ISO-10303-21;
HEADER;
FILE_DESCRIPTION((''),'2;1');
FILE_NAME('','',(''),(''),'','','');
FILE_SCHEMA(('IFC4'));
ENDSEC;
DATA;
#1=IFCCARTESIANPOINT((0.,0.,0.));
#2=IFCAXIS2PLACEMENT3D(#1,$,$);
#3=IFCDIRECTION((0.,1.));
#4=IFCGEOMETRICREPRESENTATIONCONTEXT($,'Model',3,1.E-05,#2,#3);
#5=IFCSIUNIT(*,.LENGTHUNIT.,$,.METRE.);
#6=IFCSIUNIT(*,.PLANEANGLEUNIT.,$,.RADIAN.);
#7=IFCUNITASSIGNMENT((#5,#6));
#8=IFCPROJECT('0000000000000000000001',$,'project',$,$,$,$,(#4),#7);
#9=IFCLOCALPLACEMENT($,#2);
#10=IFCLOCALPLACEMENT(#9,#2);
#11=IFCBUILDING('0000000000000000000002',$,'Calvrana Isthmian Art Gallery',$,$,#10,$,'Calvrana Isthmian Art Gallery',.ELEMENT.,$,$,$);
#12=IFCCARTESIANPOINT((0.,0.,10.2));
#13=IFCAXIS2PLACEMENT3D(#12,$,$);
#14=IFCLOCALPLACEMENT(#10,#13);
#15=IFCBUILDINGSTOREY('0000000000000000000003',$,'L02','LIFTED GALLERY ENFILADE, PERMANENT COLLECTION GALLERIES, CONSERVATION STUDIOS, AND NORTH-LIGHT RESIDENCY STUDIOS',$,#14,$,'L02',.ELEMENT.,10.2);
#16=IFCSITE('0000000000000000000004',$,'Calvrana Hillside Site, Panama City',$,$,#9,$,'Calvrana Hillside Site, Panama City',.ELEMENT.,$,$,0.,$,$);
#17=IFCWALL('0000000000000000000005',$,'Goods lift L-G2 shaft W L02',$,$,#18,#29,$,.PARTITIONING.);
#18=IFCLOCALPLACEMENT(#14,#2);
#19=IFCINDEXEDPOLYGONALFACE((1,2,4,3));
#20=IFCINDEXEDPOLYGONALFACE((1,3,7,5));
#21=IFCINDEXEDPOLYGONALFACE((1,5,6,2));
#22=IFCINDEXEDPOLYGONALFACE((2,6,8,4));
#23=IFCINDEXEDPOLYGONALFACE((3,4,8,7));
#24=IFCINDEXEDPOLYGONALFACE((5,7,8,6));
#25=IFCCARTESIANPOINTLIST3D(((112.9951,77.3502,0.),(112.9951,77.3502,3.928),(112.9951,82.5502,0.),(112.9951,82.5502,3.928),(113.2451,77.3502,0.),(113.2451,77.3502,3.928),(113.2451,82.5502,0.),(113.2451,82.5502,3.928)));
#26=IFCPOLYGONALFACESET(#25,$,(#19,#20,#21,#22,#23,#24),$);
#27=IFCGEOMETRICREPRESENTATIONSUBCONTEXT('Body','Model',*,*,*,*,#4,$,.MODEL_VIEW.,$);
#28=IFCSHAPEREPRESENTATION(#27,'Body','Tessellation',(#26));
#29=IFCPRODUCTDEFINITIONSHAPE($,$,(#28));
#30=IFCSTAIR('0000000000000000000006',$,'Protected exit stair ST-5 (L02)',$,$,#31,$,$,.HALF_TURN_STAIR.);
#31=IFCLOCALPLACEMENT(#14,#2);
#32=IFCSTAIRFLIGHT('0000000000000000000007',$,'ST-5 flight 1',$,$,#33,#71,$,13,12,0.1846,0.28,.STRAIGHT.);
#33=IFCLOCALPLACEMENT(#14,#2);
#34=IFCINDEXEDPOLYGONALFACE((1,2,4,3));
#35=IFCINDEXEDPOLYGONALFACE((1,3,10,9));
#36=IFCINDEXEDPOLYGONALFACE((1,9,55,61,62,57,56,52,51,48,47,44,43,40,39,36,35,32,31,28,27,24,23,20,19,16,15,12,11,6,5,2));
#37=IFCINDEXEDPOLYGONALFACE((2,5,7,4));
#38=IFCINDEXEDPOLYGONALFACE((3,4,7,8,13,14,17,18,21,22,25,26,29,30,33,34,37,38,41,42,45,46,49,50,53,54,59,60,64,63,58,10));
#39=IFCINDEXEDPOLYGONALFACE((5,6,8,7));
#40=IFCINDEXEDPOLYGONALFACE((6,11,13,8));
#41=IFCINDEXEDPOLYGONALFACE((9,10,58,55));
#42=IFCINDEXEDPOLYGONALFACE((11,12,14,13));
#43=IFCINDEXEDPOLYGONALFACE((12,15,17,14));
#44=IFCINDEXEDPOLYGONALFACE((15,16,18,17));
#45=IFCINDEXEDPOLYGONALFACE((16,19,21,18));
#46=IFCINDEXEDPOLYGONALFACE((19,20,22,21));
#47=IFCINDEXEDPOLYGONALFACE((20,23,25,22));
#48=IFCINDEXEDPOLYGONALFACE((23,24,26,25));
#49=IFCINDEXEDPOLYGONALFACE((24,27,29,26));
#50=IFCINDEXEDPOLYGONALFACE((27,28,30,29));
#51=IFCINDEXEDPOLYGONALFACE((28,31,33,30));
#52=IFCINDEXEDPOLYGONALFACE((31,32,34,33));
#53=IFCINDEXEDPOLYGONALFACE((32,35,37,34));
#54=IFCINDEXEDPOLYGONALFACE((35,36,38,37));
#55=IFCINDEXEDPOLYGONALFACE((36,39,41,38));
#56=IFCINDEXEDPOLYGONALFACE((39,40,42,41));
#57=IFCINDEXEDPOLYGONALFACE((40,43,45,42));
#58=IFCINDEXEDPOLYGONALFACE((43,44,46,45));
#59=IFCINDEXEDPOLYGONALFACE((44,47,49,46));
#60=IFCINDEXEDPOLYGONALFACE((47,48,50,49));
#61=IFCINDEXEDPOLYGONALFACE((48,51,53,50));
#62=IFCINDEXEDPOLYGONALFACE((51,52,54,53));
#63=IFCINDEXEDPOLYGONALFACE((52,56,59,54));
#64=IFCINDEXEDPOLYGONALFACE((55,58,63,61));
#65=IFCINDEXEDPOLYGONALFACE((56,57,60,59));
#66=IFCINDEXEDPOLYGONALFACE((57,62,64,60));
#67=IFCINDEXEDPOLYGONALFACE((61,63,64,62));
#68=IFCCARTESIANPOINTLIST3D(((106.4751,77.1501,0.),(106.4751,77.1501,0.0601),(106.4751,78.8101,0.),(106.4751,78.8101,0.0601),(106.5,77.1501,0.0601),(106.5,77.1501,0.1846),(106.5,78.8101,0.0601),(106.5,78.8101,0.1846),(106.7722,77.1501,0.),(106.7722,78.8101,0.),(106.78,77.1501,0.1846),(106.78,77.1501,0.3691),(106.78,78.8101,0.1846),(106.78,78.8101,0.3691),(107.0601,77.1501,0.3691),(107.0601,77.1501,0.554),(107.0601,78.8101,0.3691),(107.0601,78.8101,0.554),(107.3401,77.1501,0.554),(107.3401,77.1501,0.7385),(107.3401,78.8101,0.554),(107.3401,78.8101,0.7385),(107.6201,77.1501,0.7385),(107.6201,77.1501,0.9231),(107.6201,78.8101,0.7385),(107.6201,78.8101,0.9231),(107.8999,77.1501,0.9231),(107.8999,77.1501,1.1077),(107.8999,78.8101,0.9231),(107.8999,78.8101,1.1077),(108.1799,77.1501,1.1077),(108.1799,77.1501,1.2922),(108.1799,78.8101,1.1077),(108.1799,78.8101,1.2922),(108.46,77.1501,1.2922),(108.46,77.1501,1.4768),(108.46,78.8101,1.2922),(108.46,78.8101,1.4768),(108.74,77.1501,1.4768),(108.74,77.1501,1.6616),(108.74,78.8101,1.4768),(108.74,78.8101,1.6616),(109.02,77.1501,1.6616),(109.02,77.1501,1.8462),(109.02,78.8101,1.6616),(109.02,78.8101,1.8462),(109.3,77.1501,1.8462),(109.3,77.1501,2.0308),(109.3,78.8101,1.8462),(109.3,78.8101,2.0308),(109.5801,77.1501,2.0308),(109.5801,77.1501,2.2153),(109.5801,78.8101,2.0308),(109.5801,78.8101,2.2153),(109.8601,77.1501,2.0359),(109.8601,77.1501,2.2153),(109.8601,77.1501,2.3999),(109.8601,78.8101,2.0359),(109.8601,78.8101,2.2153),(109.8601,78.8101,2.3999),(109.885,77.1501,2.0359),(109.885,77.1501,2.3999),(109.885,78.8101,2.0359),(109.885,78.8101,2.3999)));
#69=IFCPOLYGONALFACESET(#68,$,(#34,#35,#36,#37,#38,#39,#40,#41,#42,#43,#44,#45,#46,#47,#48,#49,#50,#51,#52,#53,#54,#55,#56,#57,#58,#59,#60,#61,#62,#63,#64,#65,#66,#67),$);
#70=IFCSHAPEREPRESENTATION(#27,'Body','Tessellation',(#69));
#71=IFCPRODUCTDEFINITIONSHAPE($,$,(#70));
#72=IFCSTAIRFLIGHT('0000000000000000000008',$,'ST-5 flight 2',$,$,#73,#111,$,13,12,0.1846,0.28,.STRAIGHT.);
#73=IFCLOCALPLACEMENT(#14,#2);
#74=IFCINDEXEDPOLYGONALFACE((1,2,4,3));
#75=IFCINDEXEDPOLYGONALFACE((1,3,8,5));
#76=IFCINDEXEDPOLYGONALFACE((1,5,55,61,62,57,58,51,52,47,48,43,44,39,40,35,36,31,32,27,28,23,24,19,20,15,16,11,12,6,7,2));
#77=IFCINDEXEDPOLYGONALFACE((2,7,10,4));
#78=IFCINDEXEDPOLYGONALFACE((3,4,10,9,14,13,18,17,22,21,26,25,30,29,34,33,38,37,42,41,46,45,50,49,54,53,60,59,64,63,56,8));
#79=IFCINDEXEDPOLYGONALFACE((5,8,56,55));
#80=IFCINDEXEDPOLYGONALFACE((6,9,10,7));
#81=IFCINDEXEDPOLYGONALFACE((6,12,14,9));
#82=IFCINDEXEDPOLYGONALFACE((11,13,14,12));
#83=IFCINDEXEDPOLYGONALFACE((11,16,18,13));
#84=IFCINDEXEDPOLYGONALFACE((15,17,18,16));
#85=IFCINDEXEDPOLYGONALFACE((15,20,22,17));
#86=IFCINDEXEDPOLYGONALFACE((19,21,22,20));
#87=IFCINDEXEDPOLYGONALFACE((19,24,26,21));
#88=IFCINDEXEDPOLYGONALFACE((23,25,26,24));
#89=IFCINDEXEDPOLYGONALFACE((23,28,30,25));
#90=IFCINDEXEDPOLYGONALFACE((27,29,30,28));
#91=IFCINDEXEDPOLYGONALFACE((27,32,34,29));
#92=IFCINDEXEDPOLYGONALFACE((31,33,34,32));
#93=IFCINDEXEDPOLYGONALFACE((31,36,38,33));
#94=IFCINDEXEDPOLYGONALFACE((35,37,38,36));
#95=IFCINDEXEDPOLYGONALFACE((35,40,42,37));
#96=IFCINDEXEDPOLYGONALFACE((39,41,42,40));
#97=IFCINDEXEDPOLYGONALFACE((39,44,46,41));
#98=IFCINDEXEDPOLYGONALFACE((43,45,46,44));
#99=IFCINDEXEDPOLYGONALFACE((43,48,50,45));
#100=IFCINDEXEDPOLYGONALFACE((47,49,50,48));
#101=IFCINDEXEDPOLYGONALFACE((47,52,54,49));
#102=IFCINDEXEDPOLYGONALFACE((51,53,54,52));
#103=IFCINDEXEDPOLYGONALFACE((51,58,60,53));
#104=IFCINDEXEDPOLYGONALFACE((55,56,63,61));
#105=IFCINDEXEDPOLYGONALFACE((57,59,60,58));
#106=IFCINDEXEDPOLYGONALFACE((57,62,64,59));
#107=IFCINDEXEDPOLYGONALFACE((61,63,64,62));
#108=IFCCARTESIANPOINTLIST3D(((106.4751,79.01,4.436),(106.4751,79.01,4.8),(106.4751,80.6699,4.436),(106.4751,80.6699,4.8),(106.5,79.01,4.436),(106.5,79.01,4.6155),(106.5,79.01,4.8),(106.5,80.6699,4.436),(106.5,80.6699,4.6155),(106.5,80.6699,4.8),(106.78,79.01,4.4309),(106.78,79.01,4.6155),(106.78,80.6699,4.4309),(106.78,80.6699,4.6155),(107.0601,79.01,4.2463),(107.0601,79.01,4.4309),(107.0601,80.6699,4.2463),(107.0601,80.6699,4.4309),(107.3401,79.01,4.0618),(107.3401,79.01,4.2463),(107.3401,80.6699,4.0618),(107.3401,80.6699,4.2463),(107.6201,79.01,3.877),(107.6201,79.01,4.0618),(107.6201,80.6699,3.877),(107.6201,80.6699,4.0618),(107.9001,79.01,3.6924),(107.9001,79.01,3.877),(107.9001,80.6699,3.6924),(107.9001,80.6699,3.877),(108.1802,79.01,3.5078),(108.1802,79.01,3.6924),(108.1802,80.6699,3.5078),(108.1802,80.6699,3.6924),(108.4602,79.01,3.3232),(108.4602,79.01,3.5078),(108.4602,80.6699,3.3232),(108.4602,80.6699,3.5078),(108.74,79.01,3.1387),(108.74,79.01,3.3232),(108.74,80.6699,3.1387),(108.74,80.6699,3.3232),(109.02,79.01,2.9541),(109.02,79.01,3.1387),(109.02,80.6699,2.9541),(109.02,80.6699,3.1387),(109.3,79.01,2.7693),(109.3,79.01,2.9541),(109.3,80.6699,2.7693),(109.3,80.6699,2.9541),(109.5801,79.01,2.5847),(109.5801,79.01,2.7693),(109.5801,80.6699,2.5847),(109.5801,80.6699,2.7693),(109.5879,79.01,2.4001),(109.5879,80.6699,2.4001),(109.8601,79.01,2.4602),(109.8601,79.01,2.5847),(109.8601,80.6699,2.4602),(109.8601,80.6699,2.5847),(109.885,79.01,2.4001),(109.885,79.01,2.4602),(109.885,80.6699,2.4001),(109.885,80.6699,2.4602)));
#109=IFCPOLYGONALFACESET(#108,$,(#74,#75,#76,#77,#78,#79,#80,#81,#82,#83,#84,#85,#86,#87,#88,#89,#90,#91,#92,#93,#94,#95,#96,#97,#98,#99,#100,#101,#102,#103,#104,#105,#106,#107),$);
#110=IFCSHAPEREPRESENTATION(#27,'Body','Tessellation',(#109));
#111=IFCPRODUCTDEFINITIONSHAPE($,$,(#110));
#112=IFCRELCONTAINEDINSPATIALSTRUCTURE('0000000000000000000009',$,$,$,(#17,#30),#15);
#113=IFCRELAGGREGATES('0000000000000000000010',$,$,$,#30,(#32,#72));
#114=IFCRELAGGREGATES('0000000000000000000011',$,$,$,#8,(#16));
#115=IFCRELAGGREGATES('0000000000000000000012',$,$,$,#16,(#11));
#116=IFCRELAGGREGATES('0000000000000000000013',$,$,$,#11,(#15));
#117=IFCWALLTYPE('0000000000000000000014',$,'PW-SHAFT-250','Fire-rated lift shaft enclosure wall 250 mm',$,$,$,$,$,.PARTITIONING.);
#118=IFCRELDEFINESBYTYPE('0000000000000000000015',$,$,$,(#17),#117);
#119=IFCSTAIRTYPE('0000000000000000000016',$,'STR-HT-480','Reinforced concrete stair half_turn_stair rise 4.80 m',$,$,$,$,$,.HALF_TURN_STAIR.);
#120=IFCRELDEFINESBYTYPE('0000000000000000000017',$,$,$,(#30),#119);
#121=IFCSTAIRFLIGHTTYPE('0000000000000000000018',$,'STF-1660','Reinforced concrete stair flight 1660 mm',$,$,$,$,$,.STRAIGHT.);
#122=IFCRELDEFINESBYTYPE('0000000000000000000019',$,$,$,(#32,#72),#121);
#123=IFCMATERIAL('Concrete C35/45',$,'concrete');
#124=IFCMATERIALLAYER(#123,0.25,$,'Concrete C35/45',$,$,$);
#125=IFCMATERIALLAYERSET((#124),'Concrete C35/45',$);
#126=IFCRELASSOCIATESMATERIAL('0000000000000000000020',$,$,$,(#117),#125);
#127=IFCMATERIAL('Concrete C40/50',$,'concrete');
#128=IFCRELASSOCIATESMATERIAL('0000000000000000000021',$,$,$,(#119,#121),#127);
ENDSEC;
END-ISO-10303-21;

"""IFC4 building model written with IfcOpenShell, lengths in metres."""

from ifc_helpers import new_model, si_unit, direction, frame, frame_2d, origin, place, context, subcontext, project, spatial, polyline, rectangle, outline, extrude, material, layer, layer_set, type_object, element, aggregate, save


model = new_model("IFC4")

# Units and contexts
model_context = context("Model", 3, precision=1e-05, world=origin(), true_north=direction((0.0, 1.0)))
body_context = subcontext(model_context, "Body", "Model", "MODEL_VIEW")
ifc_project = project(units=[si_unit("LENGTHUNIT", "METRE"), si_unit("PLANEANGLEUNIT", "RADIAN")], contexts=[model_context])

# Site, building, storey
site_placement = place(None, origin())
site = spatial("IfcSite", under=ifc_project, at=site_placement, Name="Calvrana Hillside Site, Panama City", LongName="Calvrana Hillside Site, Panama City", CompositionType="ELEMENT", RefElevation=0.0)
building_placement = place(site_placement, origin())
building = spatial("IfcBuilding", under=site, at=building_placement, Name="Calvrana Isthmian Art Gallery", LongName="Calvrana Isthmian Art Gallery", CompositionType="ELEMENT")
storey_placement = place(building_placement, frame((0.0, 0.0, 10.2)))
storey = spatial("IfcBuildingStorey", under=building, at=storey_placement, Name="L02", Description="LIFTED GALLERY ENFILADE, PERMANENT COLLECTION GALLERIES, CONSERVATION STUDIOS, AND NORTH-LIGHT RESIDENCY STUDIOS", LongName="L02", CompositionType="ELEMENT", Elevation=10.2)

# Shared definitions
ifc_material_1 = material(Name="Concrete C40/50", Category="concrete")

# Wall
ifc_material_2 = material(Name="Concrete C35/45", Category="concrete")
ifc_layer_1 = layer(ifc_material_2, 0.25, Name="Concrete C35/45")
ifc_layer_set_1 = layer_set([ifc_layer_1], Name="Concrete C35/45")
wall_type_1 = type_object("IfcWallType", Name="PW-SHAFT-250", Description="Fire-rated lift shaft enclosure wall 250 mm", PredefinedType="PARTITIONING", material=ifc_layer_set_1)
wall_1_placement = place(storey_placement, frame((113.1201, 77.3501, 0.0), z_axis=(0.0, 0.0, 1.0), x_axis=(0.0, 1.0, 0.0)))
element("IfcWall", 1, at=wall_1_placement, inside=storey, type_object=wall_type_1, Name="Goods lift L-G2 shaft W L02", PredefinedType="PARTITIONING", context=body_context, shape_type="SweptSolid", body=[
    extrude(rectangle(XDim=5.2, YDim=0.25, at=frame_2d((2.6001, 0.0))), origin(), (0.0, 0.0, 1.0), 3.928),
])

# Stair, stair flights
stair_type = type_object("IfcStairType", Name="STR-HT-480", Description="Reinforced concrete stair half_turn_stair rise 4.80 m", PredefinedType="HALF_TURN_STAIR", material=ifc_material_1)
stair_placement = place(storey_placement, origin())
stair = element("IfcStair", 2, at=stair_placement, inside=storey, type_object=stair_type, Name="Protected exit stair ST-5 (L02)", PredefinedType="HALF_TURN_STAIR")
stair_flight_type = type_object("IfcStairFlightType", Name="STF-1660", Description="Reinforced concrete stair flight 1660 mm", PredefinedType="STRAIGHT", material=ifc_material_1)
stair_flight_1_placement = place(storey_placement, frame((106.5, 77.98, 0.0), z_axis=(0.0, 0.0, 1.0), x_axis=(1.0, 0.0, 0.0)))
stair_flight_1 = element("IfcStairFlight", 3, at=stair_flight_1_placement, type_object=stair_flight_type, Name="ST-5 flight 1", NumberOfRisers=13, NumberOfTreads=12, PredefinedType="STRAIGHT", RiserHeight=0.1846, TreadLength=0.28, context=body_context, shape_type="SweptSolid", body=[
    extrude(outline(polyline([(-0.0249, 0.0), (-0.0249, 0.0601), (0.0, 0.0601), (0.0, 0.1846), (0.28, 0.1846), (0.28, 0.3691), (0.5601, 0.3691), (0.5601, 0.554), (0.8401, 0.554), (0.8401, 0.7385), (1.1201, 0.7385), (1.1201, 0.9231), (1.3999, 0.9231), (1.3999, 1.1077), (1.6799, 1.1077), (1.6799, 1.2922), (1.96, 1.2922), (1.96, 1.4768), (2.24, 1.4768), (2.24, 1.6616), (2.52, 1.6616), (2.52, 1.8462), (2.8, 1.8462), (2.8, 2.0308), (3.0801, 2.0308), (3.0801, 2.2153), (3.3601, 2.2153), (3.3601, 2.3999), (3.385, 2.3999), (3.385, 2.0359), (3.3601, 2.0359), (0.2722, 0.0), (-0.0249, 0.0)])), frame((0.0, 0.8301, 0.0), z_axis=(0.0, -1.0, 0.0), x_axis=(1.0, 0.0, 0.0)), (0.0, 0.0, 1.0), 1.6599),
])
stair_flight_2_placement = place(storey_placement, frame((109.8601, 79.8401, 2.4001), z_axis=(0.0, 0.0, 1.0), x_axis=(-1.0, 0.0, 0.0)))
stair_flight_2 = element("IfcStairFlight", 4, at=stair_flight_2_placement, type_object=stair_flight_type, Name="ST-5 flight 2", NumberOfRisers=13, NumberOfTreads=12, PredefinedType="STRAIGHT", RiserHeight=0.1846, TreadLength=0.28, context=body_context, shape_type="SweptSolid", body=[
    extrude(outline(polyline([(-0.0249, 0.0), (-0.0249, 0.0601), (0.0, 0.0601), (0.0, 0.1846), (0.28, 0.1846), (0.28, 0.3691), (0.5601, 0.3691), (0.5601, 0.554), (0.8401, 0.554), (0.8401, 0.7385), (1.1201, 0.7385), (1.1201, 0.9231), (1.3999, 0.9231), (1.3999, 1.1077), (1.6799, 1.1077), (1.6799, 1.2922), (1.96, 1.2922), (1.96, 1.4768), (2.24, 1.4768), (2.24, 1.6616), (2.52, 1.6616), (2.52, 1.8462), (2.8, 1.8462), (2.8, 2.0308), (3.0801, 2.0308), (3.0801, 2.2153), (3.3601, 2.2153), (3.3601, 2.3999), (3.385, 2.3999), (3.385, 2.0359), (3.3601, 2.0359), (0.2722, 0.0), (-0.0249, 0.0)])), frame((0.0, 0.8301, 0.0), z_axis=(0.0, -1.0, 0.0), x_axis=(1.0, 0.0, 0.0)), (0.0, 0.0, 1.0), 1.6599),
])
aggregate(stair, [stair_flight_1, stair_flight_2])

save(model, "model.ifc")
